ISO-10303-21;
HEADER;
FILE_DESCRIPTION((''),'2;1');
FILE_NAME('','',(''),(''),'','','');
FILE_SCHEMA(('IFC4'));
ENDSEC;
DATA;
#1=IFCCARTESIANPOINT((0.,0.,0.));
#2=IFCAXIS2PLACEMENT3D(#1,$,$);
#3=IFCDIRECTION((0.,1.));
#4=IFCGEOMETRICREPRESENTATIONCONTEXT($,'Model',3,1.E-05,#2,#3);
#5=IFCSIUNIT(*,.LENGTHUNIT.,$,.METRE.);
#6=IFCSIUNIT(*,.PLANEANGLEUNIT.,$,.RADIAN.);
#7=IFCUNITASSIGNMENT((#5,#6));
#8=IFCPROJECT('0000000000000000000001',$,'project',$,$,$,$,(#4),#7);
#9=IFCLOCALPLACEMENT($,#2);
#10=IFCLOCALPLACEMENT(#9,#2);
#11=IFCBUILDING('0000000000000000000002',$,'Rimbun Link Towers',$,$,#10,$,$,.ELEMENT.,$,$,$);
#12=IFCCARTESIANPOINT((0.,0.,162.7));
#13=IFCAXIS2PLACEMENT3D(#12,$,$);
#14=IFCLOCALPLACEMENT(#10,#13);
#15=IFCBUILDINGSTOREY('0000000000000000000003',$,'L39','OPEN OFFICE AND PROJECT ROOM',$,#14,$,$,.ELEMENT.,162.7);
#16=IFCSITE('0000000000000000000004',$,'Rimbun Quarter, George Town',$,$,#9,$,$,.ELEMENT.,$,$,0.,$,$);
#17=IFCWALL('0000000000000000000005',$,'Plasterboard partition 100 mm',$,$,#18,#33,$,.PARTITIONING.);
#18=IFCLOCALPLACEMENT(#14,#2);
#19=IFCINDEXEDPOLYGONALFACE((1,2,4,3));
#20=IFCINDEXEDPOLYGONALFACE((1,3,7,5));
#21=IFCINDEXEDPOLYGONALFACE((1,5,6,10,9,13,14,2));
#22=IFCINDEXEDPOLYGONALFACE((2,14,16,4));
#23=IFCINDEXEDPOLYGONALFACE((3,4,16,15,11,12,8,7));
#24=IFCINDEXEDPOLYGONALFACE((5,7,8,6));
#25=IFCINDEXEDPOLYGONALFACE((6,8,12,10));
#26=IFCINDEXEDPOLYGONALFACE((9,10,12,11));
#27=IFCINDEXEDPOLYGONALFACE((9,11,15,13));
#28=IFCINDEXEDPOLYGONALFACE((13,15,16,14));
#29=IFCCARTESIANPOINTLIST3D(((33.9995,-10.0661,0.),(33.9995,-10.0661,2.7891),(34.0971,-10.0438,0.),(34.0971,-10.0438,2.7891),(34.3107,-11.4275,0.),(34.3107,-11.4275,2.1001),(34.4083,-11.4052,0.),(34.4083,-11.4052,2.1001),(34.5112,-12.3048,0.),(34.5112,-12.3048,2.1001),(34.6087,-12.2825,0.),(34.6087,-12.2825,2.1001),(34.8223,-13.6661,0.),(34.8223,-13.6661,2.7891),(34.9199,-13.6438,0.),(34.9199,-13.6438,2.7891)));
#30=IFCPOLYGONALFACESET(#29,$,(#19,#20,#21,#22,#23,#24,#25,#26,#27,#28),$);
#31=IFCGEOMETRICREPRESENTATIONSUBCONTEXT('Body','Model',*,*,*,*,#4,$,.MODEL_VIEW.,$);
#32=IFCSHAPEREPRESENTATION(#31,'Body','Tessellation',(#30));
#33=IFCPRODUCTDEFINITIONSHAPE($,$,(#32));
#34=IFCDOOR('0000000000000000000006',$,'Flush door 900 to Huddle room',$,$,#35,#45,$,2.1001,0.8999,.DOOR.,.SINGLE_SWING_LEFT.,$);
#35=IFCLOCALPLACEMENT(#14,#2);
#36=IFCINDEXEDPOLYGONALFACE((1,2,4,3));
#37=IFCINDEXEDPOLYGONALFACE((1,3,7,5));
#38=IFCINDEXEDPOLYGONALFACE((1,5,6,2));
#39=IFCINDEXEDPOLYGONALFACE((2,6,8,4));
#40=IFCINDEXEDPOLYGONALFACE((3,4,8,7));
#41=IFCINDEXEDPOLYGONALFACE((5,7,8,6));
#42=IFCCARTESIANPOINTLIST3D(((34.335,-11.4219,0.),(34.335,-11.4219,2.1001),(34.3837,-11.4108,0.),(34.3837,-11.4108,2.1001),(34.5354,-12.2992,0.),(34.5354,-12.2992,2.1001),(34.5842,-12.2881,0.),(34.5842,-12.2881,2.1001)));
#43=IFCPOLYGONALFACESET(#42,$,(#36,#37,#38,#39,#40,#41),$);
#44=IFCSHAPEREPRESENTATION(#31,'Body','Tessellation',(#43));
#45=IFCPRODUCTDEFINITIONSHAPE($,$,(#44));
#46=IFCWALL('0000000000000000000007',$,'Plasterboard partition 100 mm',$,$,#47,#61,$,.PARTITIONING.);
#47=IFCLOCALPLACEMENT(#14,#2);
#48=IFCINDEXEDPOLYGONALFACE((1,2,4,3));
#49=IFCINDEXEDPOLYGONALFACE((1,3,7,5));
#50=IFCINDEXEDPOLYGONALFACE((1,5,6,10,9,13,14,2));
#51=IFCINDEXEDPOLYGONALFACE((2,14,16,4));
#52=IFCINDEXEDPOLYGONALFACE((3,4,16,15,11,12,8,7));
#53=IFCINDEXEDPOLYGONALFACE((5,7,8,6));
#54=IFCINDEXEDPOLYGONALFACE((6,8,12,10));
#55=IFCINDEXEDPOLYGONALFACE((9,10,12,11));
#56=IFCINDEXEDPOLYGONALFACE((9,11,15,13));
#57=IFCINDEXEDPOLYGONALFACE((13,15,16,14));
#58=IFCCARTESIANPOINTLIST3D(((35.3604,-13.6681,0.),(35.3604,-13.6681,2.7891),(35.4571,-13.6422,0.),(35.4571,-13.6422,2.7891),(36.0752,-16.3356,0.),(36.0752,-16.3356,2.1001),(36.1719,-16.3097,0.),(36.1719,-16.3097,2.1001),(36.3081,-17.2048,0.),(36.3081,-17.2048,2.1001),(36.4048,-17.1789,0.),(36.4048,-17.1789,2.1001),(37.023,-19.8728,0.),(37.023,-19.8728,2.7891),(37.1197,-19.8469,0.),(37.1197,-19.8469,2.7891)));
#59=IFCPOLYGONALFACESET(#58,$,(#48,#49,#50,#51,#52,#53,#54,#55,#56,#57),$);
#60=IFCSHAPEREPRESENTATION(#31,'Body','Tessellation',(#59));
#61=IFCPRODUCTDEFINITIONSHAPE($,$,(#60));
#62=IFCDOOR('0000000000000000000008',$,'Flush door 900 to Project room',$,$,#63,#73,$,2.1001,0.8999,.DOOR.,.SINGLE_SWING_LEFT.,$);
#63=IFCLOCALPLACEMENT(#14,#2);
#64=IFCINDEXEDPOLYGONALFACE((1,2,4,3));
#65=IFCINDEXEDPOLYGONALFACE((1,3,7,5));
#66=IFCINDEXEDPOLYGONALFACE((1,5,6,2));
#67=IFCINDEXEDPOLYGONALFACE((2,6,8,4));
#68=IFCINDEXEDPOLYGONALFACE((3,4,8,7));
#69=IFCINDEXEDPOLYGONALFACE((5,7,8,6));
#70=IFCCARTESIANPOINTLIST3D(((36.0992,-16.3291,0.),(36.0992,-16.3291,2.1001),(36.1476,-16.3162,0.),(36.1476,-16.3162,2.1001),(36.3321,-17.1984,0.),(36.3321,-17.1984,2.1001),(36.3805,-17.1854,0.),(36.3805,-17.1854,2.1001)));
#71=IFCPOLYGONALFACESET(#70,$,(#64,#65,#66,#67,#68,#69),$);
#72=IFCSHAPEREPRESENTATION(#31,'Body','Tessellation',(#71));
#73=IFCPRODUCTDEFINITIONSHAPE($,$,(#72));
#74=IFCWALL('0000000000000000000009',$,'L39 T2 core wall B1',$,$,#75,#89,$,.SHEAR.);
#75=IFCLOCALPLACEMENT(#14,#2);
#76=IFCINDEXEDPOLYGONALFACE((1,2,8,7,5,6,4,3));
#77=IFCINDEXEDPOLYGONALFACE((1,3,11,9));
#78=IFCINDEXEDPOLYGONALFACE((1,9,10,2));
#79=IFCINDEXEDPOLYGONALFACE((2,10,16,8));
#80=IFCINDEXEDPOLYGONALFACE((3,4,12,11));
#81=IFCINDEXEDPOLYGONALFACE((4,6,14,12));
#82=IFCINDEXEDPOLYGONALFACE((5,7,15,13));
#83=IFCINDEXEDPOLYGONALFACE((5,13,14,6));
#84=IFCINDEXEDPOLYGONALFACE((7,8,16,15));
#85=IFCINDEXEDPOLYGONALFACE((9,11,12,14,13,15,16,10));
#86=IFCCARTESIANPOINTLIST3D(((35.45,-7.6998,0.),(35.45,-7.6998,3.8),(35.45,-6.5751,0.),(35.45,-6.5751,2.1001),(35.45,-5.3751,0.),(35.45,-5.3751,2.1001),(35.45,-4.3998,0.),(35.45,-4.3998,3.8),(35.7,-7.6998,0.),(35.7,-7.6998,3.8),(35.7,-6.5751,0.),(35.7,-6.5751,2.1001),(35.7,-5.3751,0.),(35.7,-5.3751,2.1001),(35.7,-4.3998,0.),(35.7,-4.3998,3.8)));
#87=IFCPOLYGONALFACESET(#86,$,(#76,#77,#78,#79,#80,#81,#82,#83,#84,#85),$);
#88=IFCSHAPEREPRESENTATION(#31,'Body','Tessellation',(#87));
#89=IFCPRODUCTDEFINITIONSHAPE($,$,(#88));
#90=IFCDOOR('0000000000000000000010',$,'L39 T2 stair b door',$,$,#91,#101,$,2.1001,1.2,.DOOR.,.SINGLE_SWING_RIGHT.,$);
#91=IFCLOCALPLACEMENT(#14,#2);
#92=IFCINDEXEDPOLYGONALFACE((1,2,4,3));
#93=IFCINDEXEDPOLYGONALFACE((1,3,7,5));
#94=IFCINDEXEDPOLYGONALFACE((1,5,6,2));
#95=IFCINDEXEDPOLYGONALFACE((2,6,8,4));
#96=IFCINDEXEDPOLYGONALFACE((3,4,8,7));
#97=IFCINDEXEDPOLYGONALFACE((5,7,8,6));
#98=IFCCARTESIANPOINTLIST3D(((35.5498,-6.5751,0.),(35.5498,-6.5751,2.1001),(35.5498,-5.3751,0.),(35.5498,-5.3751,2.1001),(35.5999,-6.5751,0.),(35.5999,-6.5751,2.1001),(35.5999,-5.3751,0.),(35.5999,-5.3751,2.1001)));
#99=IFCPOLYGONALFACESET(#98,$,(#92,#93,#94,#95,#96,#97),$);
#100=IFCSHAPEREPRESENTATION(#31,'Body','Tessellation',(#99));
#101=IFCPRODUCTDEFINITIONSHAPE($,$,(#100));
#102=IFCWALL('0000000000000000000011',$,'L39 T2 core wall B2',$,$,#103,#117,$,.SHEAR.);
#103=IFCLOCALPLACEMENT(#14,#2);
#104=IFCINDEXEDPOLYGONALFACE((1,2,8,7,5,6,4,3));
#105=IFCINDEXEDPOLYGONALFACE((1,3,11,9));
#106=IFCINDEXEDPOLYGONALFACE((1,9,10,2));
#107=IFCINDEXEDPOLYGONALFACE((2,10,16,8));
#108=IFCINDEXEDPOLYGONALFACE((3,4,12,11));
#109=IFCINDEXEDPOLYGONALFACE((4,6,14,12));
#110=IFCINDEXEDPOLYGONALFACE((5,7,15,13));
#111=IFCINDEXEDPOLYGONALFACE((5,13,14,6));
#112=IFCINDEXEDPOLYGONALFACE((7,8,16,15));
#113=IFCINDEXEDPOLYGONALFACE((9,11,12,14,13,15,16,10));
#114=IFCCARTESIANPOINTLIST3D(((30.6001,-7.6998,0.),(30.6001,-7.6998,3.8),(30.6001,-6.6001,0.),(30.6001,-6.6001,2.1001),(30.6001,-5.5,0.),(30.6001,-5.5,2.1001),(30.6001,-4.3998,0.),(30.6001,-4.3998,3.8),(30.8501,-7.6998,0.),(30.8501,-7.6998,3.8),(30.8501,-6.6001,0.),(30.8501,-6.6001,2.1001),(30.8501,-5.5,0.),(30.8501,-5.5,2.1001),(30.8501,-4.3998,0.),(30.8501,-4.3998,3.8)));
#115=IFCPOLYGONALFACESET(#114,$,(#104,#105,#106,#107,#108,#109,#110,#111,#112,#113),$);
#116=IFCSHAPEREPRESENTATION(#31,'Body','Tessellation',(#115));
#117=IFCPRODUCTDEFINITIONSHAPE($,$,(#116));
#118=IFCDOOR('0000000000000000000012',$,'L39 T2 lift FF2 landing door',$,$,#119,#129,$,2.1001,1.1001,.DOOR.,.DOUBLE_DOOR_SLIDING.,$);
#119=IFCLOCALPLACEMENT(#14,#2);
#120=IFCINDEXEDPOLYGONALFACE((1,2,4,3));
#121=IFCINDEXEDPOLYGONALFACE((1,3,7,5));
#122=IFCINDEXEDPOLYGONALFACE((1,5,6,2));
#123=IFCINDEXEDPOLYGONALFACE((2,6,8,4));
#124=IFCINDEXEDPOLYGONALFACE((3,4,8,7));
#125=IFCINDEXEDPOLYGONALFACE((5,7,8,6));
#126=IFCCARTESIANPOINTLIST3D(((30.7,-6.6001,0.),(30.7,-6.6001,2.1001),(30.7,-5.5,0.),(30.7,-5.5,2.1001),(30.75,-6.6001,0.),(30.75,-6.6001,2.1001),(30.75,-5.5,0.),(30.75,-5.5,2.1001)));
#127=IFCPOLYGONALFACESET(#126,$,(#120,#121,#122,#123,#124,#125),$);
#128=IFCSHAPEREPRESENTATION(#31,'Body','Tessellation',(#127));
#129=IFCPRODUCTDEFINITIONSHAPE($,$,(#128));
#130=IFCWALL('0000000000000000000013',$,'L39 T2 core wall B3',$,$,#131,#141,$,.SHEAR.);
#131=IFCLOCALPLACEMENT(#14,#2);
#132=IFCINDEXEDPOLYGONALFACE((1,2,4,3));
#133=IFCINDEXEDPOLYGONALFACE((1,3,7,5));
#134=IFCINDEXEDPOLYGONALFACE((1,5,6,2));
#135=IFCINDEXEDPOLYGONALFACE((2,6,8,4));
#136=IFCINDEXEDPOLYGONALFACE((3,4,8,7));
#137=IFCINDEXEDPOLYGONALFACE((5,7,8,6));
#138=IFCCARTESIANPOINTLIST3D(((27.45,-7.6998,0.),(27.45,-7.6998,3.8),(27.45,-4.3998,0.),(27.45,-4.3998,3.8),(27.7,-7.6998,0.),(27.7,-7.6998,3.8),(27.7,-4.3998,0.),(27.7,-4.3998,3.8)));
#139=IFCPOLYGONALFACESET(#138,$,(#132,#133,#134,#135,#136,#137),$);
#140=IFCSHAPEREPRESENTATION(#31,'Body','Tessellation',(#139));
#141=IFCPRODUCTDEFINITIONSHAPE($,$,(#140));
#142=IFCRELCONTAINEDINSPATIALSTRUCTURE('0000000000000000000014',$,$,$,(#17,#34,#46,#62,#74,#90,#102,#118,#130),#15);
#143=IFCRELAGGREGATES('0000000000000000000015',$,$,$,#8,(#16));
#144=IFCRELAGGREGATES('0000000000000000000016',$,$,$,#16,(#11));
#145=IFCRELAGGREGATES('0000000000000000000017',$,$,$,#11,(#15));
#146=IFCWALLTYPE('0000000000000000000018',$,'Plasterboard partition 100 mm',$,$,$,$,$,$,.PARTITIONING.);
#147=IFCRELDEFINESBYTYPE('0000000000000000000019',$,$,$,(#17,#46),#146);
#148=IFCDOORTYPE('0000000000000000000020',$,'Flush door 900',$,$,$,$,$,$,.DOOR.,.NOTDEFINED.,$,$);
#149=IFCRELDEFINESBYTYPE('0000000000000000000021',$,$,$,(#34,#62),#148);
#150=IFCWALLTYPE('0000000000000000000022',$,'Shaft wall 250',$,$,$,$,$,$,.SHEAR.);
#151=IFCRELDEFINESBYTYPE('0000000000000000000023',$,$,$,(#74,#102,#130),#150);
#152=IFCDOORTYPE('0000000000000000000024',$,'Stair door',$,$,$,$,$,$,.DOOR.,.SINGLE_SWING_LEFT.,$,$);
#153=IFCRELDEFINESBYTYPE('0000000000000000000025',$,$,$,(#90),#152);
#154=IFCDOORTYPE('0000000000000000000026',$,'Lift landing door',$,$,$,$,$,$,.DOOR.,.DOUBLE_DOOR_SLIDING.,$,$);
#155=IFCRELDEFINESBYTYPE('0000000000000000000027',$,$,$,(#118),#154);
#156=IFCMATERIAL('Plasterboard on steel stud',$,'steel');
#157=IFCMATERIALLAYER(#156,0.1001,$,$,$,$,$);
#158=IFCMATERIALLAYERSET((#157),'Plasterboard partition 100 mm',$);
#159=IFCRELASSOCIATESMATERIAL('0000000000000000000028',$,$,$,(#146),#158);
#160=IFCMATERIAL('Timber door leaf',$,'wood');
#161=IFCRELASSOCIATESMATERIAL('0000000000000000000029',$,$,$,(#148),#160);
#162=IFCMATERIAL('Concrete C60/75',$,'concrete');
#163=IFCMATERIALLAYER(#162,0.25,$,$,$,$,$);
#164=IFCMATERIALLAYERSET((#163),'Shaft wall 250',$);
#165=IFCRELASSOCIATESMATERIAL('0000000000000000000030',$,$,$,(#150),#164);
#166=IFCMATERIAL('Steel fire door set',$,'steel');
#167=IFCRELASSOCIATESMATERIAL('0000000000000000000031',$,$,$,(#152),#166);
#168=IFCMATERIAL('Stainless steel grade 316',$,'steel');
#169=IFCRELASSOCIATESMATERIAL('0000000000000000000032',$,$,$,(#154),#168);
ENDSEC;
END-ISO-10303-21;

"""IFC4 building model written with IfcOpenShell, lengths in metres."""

from ifc_helpers import new_model, si_unit, direction, frame, frame_2d, origin, place, context, subcontext, project, spatial, rectangle, extrude, material, layer, layer_set, type_object, element, fill, save


model = new_model("IFC4")

# Units and contexts
model_context = context("Model", 3, precision=1e-05, world=origin(), true_north=direction((0.0, 1.0)))
body_context = subcontext(model_context, "Body", "Model", "MODEL_VIEW")
ifc_project = project(units=[si_unit("LENGTHUNIT", "METRE"), si_unit("PLANEANGLEUNIT", "RADIAN")], contexts=[model_context])

# Site, building, storey
site_placement = place(None, origin())
site = spatial("IfcSite", under=ifc_project, at=site_placement, Name="Rimbun Quarter, George Town", CompositionType="ELEMENT", RefElevation=0.0)
building_placement = place(site_placement, origin())
building = spatial("IfcBuilding", under=site, at=building_placement, Name="Rimbun Link Towers", CompositionType="ELEMENT")
storey_placement = place(building_placement, frame((0.0, 0.0, 162.7)))
storey = spatial("IfcBuildingStorey", under=building, at=storey_placement, Name="L39", Description="OPEN OFFICE AND PROJECT ROOM", CompositionType="ELEMENT", Elevation=162.7)

# Walls, openings, doors
ifc_material_1 = material(Name="Plasterboard on steel stud", Category="steel")
ifc_layer_1 = layer(ifc_material_1, 0.1001)
ifc_layer_set_1 = layer_set([ifc_layer_1], Name="Plasterboard partition 100 mm")
wall_type_1 = type_object("IfcWallType", Name="Plasterboard partition 100 mm", PredefinedType="PARTITIONING", material=ifc_layer_set_1)
wall_1_placement = place(storey_placement, frame((34.0483, -10.0549, 0.0), z_axis=(0.0, 0.0, 1.0), x_axis=(0.222792, -0.974866, 0.0)))
wall_1 = element("IfcWall", 1, at=wall_1_placement, inside=storey, type_object=wall_type_1, Name="Plasterboard partition 100 mm", PredefinedType="PARTITIONING", context=body_context, shape_type="SweptSolid", body=[
    extrude(rectangle(XDim=3.6929, YDim=0.1001, at=frame_2d((1.8464, 0.0))), origin(), (0.0, 0.0, 1.0), 2.7891),
])
opening_1_placement = place(wall_1_placement, frame((1.3965, 0.0, 0.0)))
opening_1 = element("IfcOpeningElement", 2, at=opening_1_placement, cuts=wall_1, PredefinedType="OPENING", context=body_context, shape_type="SweptSolid", body=[
    extrude(rectangle(XDim=0.8999, YDim=2.1001, at=frame_2d((0.45, 1.05))), frame((0.0, 0.0601, 0.0), z_axis=(0.0, -1.0, 0.0), x_axis=(1.0, 0.0, 0.0)), (0.0, 0.0, 1.0), 0.1201),
])
ifc_material_2 = material(Name="Timber door leaf", Category="wood")
door_type_1 = type_object("IfcDoorType", Name="Flush door 900", OperationType="NOTDEFINED", PredefinedType="DOOR", material=ifc_material_2)
door_1_placement = place(opening_1_placement, origin())
door_1 = element("IfcDoor", 3, at=door_1_placement, inside=storey, type_object=door_type_1, Name="Flush door 900 to Huddle room", OperationType="SINGLE_SWING_LEFT", OverallHeight=2.1001, OverallWidth=0.8999, PredefinedType="DOOR", context=body_context, shape_type="SweptSolid", body=[
    extrude(rectangle(XDim=0.8999, YDim=2.1001, at=frame_2d((0.45, 1.05))), frame((0.0, 0.0249, 0.0), z_axis=(0.0, -1.0, 0.0), x_axis=(1.0, 0.0, 0.0)), (0.0, 0.0, 1.0), 0.05),
])
fill(opening_1, door_1)
wall_2_placement = place(storey_placement, frame((35.4087, -13.655, 0.0), z_axis=(0.0, 0.0, 1.0), x_axis=(0.258831, -0.965923, 0.0)))
wall_2 = element("IfcWall", 4, at=wall_2_placement, inside=storey, type_object=wall_type_1, Name="Plasterboard partition 100 mm", PredefinedType="PARTITIONING", context=body_context, shape_type="SweptSolid", body=[
    extrude(rectangle(XDim=6.4236, YDim=0.1001, at=frame_2d((3.2119, 0.0))), origin(), (0.0, 0.0, 1.0), 2.7891),
])
opening_2_placement = place(wall_2_placement, frame((2.7617, 0.0, 0.0)))
opening_2 = element("IfcOpeningElement", 5, at=opening_2_placement, cuts=wall_2, PredefinedType="OPENING", context=body_context, shape_type="SweptSolid", body=[
    extrude(rectangle(XDim=0.8999, YDim=2.1001, at=frame_2d((0.45, 1.05))), frame((0.0, 0.0601, 0.0), z_axis=(0.0, -1.0, 0.0), x_axis=(1.0, 0.0, 0.0)), (0.0, 0.0, 1.0), 0.1201),
])
door_2_placement = place(opening_2_placement, origin())
door_2 = element("IfcDoor", 6, at=door_2_placement, inside=storey, type_object=door_type_1, Name="Flush door 900 to Project room", OperationType="SINGLE_SWING_LEFT", OverallHeight=2.1001, OverallWidth=0.8999, PredefinedType="DOOR", context=body_context, shape_type="SweptSolid", body=[
    extrude(rectangle(XDim=0.8999, YDim=2.1001, at=frame_2d((0.45, 1.05))), frame((0.0, 0.0249, 0.0), z_axis=(0.0, -1.0, 0.0), x_axis=(1.0, 0.0, 0.0)), (0.0, 0.0, 1.0), 0.05),
])
fill(opening_2, door_2)
ifc_material_3 = material(Name="Concrete C60/75", Category="concrete")
ifc_layer_2 = layer(ifc_material_3, 0.25)
ifc_layer_set_2 = layer_set([ifc_layer_2], Name="Shaft wall 250")
wall_type_2 = type_object("IfcWallType", Name="Shaft wall 250", PredefinedType="SHEAR", material=ifc_layer_set_2)
wall_3_placement = place(storey_placement, frame((35.575, -4.3999, 0.0), z_axis=(0.0, 0.0, 1.0), x_axis=(0.0, -1.0, 0.0)))
wall_3 = element("IfcWall", 7, at=wall_3_placement, inside=storey, type_object=wall_type_2, Name="L39 T2 core wall B1", PredefinedType="SHEAR", context=body_context, shape_type="SweptSolid", body=[
    extrude(rectangle(XDim=3.3, YDim=0.25, at=frame_2d((1.6499, 0.0))), origin(), (0.0, 0.0, 1.0), 3.8),
])
opening_3_placement = place(wall_3_placement, frame((0.9751, 0.0, 0.0)))
opening_3 = element("IfcOpeningElement", 8, at=opening_3_placement, cuts=wall_3, PredefinedType="OPENING", context=body_context, shape_type="SweptSolid", body=[
    extrude(rectangle(XDim=1.2, YDim=2.1001, at=frame_2d((0.6001, 1.05))), frame((0.0, 0.135, 0.0), z_axis=(0.0, -1.0, 0.0), x_axis=(1.0, 0.0, 0.0)), (0.0, 0.0, 1.0), 0.27),
])
ifc_material_4 = material(Name="Steel fire door set", Category="steel")
door_type_2 = type_object("IfcDoorType", Name="Stair door", OperationType="SINGLE_SWING_LEFT", PredefinedType="DOOR", material=ifc_material_4)
door_3_placement = place(opening_3_placement, origin())
door_3 = element("IfcDoor", 9, at=door_3_placement, inside=storey, type_object=door_type_2, Name="L39 T2 stair b door", OperationType="SINGLE_SWING_RIGHT", OverallHeight=2.1001, OverallWidth=1.2, PredefinedType="DOOR", context=body_context, shape_type="SweptSolid", body=[
    extrude(rectangle(XDim=1.2, YDim=2.1001, at=frame_2d((0.6001, 1.05))), frame((0.0, 0.0249, 0.0), z_axis=(0.0, -1.0, 0.0), x_axis=(1.0, 0.0, 0.0)), (0.0, 0.0, 1.0), 0.05),
])
fill(opening_3, door_3)
wall_4_placement = place(storey_placement, frame((30.7251, -4.3999, 0.0), z_axis=(0.0, 0.0, 1.0), x_axis=(0.0, -1.0, 0.0)))
wall_4 = element("IfcWall", 10, at=wall_4_placement, inside=storey, type_object=wall_type_2, Name="L39 T2 core wall B2", PredefinedType="SHEAR", context=body_context, shape_type="SweptSolid", body=[
    extrude(rectangle(XDim=3.3, YDim=0.25, at=frame_2d((1.6499, 0.0))), origin(), (0.0, 0.0, 1.0), 3.8),
])
opening_4_placement = place(wall_4_placement, frame((1.1001, 0.0, 0.0)))
opening_4 = element("IfcOpeningElement", 11, at=opening_4_placement, cuts=wall_4, PredefinedType="OPENING", context=body_context, shape_type="SweptSolid", body=[
    extrude(rectangle(XDim=1.1001, YDim=2.1001, at=frame_2d((0.55, 1.05))), frame((0.0, 0.135, 0.0), z_axis=(0.0, -1.0, 0.0), x_axis=(1.0, 0.0, 0.0)), (0.0, 0.0, 1.0), 0.27),
])
ifc_material_5 = material(Name="Stainless steel grade 316", Category="steel")
door_type_3 = type_object("IfcDoorType", Name="Lift landing door", OperationType="DOUBLE_DOOR_SLIDING", PredefinedType="DOOR", material=ifc_material_5)
door_4_placement = place(opening_4_placement, origin())
door_4 = element("IfcDoor", 12, at=door_4_placement, inside=storey, type_object=door_type_3, Name="L39 T2 lift FF2 landing door", OperationType="DOUBLE_DOOR_SLIDING", OverallHeight=2.1001, OverallWidth=1.1001, PredefinedType="DOOR", context=body_context, shape_type="SweptSolid", body=[
    extrude(rectangle(XDim=1.1001, YDim=2.1001, at=frame_2d((0.55, 1.05))), frame((0.0, 0.0249, 0.0), z_axis=(0.0, -1.0, 0.0), x_axis=(1.0, 0.0, 0.0)), (0.0, 0.0, 1.0), 0.05),
])
fill(opening_4, door_4)

# Wall
wall_5_placement = place(storey_placement, frame((27.575, -4.3999, 0.0), z_axis=(0.0, 0.0, 1.0), x_axis=(0.0, -1.0, 0.0)))
element("IfcWall", 13, at=wall_5_placement, inside=storey, type_object=wall_type_2, Name="L39 T2 core wall B3", PredefinedType="SHEAR", context=body_context, shape_type="SweptSolid", body=[
    extrude(rectangle(XDim=3.3, YDim=0.25, at=frame_2d((1.6499, 0.0))), origin(), (0.0, 0.0, 1.0), 3.8),
])

save(model, "model.ifc")
